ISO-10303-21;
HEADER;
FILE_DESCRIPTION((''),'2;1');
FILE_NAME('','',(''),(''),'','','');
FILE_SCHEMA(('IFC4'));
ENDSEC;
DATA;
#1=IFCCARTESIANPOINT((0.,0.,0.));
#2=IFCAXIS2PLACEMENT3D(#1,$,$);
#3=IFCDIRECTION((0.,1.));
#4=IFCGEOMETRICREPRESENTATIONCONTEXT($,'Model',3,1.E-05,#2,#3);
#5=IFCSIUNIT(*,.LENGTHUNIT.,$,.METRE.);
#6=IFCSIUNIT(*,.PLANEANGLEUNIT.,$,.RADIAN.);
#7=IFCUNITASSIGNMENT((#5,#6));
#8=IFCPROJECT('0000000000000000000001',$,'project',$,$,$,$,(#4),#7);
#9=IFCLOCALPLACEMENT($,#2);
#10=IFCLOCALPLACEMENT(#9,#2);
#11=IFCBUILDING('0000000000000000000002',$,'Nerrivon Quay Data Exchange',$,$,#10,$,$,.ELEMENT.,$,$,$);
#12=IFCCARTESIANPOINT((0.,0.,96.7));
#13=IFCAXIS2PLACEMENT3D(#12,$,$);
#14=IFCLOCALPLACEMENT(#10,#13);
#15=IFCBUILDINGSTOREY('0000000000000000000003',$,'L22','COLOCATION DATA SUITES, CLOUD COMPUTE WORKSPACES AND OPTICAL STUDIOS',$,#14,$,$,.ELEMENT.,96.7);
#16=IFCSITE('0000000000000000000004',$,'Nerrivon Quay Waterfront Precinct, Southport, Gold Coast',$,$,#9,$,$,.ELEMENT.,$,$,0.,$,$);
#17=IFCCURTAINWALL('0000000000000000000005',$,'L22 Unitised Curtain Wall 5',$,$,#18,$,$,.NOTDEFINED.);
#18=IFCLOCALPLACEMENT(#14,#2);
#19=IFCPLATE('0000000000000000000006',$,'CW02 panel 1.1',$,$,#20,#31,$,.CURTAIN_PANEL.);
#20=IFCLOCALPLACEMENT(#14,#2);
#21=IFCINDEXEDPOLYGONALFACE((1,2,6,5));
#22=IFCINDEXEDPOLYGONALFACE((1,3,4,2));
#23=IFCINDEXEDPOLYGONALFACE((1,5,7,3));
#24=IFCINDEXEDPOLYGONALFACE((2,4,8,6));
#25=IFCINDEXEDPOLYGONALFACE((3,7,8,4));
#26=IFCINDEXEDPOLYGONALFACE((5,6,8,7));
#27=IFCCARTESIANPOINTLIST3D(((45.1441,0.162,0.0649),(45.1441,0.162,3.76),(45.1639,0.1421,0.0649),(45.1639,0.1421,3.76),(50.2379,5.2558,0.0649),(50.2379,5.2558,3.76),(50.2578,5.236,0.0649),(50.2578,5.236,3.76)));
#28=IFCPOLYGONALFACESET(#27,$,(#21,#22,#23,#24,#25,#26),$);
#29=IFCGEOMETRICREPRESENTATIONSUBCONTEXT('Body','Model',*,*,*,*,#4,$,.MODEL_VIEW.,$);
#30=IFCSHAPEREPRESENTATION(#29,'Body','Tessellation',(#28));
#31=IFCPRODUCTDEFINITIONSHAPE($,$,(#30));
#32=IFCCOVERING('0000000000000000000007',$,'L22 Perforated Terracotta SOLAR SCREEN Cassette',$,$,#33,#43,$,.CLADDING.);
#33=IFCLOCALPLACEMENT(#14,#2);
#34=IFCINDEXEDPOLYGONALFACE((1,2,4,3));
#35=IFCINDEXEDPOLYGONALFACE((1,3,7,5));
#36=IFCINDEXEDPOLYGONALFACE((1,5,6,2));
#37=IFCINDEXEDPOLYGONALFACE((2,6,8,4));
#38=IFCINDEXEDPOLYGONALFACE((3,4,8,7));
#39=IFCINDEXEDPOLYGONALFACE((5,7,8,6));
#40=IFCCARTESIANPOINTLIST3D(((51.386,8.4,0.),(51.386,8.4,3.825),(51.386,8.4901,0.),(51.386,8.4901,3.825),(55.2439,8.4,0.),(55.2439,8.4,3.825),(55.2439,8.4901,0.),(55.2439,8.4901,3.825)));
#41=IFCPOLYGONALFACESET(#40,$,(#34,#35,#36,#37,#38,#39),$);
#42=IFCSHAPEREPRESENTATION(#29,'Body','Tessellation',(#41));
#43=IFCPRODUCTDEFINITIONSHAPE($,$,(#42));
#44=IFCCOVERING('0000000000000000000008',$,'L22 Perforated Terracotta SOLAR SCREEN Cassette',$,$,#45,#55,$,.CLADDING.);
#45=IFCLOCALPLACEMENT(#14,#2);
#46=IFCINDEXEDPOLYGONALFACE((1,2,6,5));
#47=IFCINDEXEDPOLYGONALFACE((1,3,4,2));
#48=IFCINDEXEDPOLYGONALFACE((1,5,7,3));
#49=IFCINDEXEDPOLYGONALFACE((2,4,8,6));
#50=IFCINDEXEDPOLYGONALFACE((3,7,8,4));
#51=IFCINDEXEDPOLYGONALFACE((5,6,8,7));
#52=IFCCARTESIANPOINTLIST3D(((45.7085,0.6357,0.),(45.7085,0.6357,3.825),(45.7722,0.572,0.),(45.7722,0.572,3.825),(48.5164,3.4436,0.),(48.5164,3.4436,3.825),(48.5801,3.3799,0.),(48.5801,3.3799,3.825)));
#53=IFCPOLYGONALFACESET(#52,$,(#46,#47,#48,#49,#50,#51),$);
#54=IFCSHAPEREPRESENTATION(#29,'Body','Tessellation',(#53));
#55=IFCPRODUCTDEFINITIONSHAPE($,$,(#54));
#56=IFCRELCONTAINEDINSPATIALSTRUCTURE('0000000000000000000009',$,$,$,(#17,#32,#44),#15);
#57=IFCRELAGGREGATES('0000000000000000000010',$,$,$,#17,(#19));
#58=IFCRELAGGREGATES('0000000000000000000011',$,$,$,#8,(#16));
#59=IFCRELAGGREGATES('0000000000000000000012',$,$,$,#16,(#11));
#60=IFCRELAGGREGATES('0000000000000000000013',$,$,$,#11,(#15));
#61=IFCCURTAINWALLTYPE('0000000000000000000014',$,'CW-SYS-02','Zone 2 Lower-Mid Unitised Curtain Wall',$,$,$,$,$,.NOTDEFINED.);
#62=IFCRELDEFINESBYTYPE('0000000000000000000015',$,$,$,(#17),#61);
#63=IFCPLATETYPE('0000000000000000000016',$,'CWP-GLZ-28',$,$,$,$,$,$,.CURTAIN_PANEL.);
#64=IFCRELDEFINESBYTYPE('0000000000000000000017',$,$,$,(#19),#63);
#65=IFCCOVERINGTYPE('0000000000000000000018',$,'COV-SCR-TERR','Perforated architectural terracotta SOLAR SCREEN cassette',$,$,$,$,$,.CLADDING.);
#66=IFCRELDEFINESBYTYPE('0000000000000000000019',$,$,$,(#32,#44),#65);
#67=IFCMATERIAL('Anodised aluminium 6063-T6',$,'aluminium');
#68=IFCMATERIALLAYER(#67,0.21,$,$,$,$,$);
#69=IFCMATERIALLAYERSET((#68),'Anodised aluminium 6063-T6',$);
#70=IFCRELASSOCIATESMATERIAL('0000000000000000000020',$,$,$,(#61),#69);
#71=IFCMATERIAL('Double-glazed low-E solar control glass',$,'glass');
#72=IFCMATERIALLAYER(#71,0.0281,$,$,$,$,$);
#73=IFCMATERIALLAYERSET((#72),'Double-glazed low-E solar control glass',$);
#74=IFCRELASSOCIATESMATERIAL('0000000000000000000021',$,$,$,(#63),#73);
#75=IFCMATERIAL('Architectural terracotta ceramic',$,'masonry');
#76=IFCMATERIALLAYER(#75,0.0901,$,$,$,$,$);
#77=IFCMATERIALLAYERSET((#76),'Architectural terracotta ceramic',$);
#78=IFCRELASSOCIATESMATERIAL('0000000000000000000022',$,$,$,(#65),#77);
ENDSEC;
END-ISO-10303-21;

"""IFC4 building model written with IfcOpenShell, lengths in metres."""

from ifc_helpers import new_model, si_unit, direction, frame, origin, origin_2d, place, context, subcontext, project, spatial, rectangle, extrude, material, layer, layer_set, type_object, element, aggregate, save


model = new_model("IFC4")

# Units and contexts
model_context = context("Model", 3, precision=1e-05, world=origin(), true_north=direction((0.0, 1.0)))
body_context = subcontext(model_context, "Body", "Model", "MODEL_VIEW")
ifc_project = project(units=[si_unit("LENGTHUNIT", "METRE"), si_unit("PLANEANGLEUNIT", "RADIAN")], contexts=[model_context])

# Site, building, storey
site_placement = place(None, origin())
site = spatial("IfcSite", under=ifc_project, at=site_placement, Name="Nerrivon Quay Waterfront Precinct, Southport, Gold Coast", CompositionType="ELEMENT", RefElevation=0.0)
building_placement = place(site_placement, origin())
building = spatial("IfcBuilding", under=site, at=building_placement, Name="Nerrivon Quay Data Exchange", CompositionType="ELEMENT")
storey_placement = place(building_placement, frame((0.0, 0.0, 96.7)))
storey = spatial("IfcBuildingStorey", under=building, at=storey_placement, Name="L22", Description="COLOCATION DATA SUITES, CLOUD COMPUTE WORKSPACES AND OPTICAL STUDIOS", CompositionType="ELEMENT", Elevation=96.7)

# Curtain wall
ifc_material_1 = material(Name="Anodised aluminium 6063-T6", Category="aluminium")
ifc_layer_1 = layer(ifc_material_1, 0.21)
ifc_layer_set_1 = layer_set([ifc_layer_1], Name="Anodised aluminium 6063-T6")
curtain_wall_type_1 = type_object("IfcCurtainWallType", Name="CW-SYS-02", Description="Zone 2 Lower-Mid Unitised Curtain Wall", PredefinedType="NOTDEFINED", material=ifc_layer_set_1)
curtain_wall_1_placement = place(storey_placement, origin())
curtain_wall_1 = element("IfcCurtainWall", 1, at=curtain_wall_1_placement, inside=storey, type_object=curtain_wall_type_1, Name="L22 Unitised Curtain Wall 5", PredefinedType="NOTDEFINED")

# Plate
ifc_material_2 = material(Name="Double-glazed low-E solar control glass", Category="glass")
ifc_layer_2 = layer(ifc_material_2, 0.0281)
ifc_layer_set_2 = layer_set([ifc_layer_2], Name="Double-glazed low-E solar control glass")
plate_type = type_object("IfcPlateType", Name="CWP-GLZ-28", PredefinedType="CURTAIN_PANEL", material=ifc_layer_set_2)
plate_1_placement = place(storey_placement, frame((47.7009, 2.699, 0.0649), z_axis=(0.0, 0.0, 1.0), x_axis=(-0.707107, -0.707107, 0.0)))
plate_1 = element("IfcPlate", 2, at=plate_1_placement, type_object=plate_type, Name="CW02 panel 1.1", PredefinedType="CURTAIN_PANEL", context=body_context, shape_type="SweptSolid", body=[
    extrude(rectangle(XDim=7.2039, YDim=0.0281, at=origin_2d()), origin(), (0.0, 0.0, 1.0), 3.6951),
])
aggregate(curtain_wall_1, [plate_1])

# Coverings
ifc_material_3 = material(Name="Architectural terracotta ceramic", Category="masonry")
ifc_layer_3 = layer(ifc_material_3, 0.0901)
ifc_layer_set_3 = layer_set([ifc_layer_3], Name="Architectural terracotta ceramic")
covering_type = type_object("IfcCoveringType", Name="COV-SCR-TERR", Description="Perforated architectural terracotta SOLAR SCREEN cassette", PredefinedType="CLADDING", material=ifc_layer_set_3)
covering_1_placement = place(storey_placement, frame((53.3149, 8.4451, 0.0), z_axis=(0.0, 0.0, 1.0), x_axis=(-1.0, 0.0, 0.0)))
element("IfcCovering", 3, at=covering_1_placement, inside=storey, type_object=covering_type, Name="L22 Perforated Terracotta SOLAR SCREEN Cassette", PredefinedType="CLADDING", context=body_context, shape_type="SweptSolid", body=[
    extrude(rectangle(XDim=3.8579, YDim=0.0901, at=origin_2d()), origin(), (0.0, 0.0, 1.0), 3.825),
])
covering_2_placement = place(storey_placement, frame((47.1443, 2.0078, 0.0), z_axis=(0.0, 0.0, 1.0), x_axis=(-0.707107, -0.707107, 0.0)))
element("IfcCovering", 4, at=covering_2_placement, inside=storey, type_object=covering_type, Name="L22 Perforated Terracotta SOLAR SCREEN Cassette", PredefinedType="CLADDING", context=body_context, shape_type="SweptSolid", body=[
    extrude(rectangle(XDim=3.9709, YDim=0.0901, at=origin_2d()), origin(), (0.0, 0.0, 1.0), 3.825),
])

save(model, "model.ifc")
